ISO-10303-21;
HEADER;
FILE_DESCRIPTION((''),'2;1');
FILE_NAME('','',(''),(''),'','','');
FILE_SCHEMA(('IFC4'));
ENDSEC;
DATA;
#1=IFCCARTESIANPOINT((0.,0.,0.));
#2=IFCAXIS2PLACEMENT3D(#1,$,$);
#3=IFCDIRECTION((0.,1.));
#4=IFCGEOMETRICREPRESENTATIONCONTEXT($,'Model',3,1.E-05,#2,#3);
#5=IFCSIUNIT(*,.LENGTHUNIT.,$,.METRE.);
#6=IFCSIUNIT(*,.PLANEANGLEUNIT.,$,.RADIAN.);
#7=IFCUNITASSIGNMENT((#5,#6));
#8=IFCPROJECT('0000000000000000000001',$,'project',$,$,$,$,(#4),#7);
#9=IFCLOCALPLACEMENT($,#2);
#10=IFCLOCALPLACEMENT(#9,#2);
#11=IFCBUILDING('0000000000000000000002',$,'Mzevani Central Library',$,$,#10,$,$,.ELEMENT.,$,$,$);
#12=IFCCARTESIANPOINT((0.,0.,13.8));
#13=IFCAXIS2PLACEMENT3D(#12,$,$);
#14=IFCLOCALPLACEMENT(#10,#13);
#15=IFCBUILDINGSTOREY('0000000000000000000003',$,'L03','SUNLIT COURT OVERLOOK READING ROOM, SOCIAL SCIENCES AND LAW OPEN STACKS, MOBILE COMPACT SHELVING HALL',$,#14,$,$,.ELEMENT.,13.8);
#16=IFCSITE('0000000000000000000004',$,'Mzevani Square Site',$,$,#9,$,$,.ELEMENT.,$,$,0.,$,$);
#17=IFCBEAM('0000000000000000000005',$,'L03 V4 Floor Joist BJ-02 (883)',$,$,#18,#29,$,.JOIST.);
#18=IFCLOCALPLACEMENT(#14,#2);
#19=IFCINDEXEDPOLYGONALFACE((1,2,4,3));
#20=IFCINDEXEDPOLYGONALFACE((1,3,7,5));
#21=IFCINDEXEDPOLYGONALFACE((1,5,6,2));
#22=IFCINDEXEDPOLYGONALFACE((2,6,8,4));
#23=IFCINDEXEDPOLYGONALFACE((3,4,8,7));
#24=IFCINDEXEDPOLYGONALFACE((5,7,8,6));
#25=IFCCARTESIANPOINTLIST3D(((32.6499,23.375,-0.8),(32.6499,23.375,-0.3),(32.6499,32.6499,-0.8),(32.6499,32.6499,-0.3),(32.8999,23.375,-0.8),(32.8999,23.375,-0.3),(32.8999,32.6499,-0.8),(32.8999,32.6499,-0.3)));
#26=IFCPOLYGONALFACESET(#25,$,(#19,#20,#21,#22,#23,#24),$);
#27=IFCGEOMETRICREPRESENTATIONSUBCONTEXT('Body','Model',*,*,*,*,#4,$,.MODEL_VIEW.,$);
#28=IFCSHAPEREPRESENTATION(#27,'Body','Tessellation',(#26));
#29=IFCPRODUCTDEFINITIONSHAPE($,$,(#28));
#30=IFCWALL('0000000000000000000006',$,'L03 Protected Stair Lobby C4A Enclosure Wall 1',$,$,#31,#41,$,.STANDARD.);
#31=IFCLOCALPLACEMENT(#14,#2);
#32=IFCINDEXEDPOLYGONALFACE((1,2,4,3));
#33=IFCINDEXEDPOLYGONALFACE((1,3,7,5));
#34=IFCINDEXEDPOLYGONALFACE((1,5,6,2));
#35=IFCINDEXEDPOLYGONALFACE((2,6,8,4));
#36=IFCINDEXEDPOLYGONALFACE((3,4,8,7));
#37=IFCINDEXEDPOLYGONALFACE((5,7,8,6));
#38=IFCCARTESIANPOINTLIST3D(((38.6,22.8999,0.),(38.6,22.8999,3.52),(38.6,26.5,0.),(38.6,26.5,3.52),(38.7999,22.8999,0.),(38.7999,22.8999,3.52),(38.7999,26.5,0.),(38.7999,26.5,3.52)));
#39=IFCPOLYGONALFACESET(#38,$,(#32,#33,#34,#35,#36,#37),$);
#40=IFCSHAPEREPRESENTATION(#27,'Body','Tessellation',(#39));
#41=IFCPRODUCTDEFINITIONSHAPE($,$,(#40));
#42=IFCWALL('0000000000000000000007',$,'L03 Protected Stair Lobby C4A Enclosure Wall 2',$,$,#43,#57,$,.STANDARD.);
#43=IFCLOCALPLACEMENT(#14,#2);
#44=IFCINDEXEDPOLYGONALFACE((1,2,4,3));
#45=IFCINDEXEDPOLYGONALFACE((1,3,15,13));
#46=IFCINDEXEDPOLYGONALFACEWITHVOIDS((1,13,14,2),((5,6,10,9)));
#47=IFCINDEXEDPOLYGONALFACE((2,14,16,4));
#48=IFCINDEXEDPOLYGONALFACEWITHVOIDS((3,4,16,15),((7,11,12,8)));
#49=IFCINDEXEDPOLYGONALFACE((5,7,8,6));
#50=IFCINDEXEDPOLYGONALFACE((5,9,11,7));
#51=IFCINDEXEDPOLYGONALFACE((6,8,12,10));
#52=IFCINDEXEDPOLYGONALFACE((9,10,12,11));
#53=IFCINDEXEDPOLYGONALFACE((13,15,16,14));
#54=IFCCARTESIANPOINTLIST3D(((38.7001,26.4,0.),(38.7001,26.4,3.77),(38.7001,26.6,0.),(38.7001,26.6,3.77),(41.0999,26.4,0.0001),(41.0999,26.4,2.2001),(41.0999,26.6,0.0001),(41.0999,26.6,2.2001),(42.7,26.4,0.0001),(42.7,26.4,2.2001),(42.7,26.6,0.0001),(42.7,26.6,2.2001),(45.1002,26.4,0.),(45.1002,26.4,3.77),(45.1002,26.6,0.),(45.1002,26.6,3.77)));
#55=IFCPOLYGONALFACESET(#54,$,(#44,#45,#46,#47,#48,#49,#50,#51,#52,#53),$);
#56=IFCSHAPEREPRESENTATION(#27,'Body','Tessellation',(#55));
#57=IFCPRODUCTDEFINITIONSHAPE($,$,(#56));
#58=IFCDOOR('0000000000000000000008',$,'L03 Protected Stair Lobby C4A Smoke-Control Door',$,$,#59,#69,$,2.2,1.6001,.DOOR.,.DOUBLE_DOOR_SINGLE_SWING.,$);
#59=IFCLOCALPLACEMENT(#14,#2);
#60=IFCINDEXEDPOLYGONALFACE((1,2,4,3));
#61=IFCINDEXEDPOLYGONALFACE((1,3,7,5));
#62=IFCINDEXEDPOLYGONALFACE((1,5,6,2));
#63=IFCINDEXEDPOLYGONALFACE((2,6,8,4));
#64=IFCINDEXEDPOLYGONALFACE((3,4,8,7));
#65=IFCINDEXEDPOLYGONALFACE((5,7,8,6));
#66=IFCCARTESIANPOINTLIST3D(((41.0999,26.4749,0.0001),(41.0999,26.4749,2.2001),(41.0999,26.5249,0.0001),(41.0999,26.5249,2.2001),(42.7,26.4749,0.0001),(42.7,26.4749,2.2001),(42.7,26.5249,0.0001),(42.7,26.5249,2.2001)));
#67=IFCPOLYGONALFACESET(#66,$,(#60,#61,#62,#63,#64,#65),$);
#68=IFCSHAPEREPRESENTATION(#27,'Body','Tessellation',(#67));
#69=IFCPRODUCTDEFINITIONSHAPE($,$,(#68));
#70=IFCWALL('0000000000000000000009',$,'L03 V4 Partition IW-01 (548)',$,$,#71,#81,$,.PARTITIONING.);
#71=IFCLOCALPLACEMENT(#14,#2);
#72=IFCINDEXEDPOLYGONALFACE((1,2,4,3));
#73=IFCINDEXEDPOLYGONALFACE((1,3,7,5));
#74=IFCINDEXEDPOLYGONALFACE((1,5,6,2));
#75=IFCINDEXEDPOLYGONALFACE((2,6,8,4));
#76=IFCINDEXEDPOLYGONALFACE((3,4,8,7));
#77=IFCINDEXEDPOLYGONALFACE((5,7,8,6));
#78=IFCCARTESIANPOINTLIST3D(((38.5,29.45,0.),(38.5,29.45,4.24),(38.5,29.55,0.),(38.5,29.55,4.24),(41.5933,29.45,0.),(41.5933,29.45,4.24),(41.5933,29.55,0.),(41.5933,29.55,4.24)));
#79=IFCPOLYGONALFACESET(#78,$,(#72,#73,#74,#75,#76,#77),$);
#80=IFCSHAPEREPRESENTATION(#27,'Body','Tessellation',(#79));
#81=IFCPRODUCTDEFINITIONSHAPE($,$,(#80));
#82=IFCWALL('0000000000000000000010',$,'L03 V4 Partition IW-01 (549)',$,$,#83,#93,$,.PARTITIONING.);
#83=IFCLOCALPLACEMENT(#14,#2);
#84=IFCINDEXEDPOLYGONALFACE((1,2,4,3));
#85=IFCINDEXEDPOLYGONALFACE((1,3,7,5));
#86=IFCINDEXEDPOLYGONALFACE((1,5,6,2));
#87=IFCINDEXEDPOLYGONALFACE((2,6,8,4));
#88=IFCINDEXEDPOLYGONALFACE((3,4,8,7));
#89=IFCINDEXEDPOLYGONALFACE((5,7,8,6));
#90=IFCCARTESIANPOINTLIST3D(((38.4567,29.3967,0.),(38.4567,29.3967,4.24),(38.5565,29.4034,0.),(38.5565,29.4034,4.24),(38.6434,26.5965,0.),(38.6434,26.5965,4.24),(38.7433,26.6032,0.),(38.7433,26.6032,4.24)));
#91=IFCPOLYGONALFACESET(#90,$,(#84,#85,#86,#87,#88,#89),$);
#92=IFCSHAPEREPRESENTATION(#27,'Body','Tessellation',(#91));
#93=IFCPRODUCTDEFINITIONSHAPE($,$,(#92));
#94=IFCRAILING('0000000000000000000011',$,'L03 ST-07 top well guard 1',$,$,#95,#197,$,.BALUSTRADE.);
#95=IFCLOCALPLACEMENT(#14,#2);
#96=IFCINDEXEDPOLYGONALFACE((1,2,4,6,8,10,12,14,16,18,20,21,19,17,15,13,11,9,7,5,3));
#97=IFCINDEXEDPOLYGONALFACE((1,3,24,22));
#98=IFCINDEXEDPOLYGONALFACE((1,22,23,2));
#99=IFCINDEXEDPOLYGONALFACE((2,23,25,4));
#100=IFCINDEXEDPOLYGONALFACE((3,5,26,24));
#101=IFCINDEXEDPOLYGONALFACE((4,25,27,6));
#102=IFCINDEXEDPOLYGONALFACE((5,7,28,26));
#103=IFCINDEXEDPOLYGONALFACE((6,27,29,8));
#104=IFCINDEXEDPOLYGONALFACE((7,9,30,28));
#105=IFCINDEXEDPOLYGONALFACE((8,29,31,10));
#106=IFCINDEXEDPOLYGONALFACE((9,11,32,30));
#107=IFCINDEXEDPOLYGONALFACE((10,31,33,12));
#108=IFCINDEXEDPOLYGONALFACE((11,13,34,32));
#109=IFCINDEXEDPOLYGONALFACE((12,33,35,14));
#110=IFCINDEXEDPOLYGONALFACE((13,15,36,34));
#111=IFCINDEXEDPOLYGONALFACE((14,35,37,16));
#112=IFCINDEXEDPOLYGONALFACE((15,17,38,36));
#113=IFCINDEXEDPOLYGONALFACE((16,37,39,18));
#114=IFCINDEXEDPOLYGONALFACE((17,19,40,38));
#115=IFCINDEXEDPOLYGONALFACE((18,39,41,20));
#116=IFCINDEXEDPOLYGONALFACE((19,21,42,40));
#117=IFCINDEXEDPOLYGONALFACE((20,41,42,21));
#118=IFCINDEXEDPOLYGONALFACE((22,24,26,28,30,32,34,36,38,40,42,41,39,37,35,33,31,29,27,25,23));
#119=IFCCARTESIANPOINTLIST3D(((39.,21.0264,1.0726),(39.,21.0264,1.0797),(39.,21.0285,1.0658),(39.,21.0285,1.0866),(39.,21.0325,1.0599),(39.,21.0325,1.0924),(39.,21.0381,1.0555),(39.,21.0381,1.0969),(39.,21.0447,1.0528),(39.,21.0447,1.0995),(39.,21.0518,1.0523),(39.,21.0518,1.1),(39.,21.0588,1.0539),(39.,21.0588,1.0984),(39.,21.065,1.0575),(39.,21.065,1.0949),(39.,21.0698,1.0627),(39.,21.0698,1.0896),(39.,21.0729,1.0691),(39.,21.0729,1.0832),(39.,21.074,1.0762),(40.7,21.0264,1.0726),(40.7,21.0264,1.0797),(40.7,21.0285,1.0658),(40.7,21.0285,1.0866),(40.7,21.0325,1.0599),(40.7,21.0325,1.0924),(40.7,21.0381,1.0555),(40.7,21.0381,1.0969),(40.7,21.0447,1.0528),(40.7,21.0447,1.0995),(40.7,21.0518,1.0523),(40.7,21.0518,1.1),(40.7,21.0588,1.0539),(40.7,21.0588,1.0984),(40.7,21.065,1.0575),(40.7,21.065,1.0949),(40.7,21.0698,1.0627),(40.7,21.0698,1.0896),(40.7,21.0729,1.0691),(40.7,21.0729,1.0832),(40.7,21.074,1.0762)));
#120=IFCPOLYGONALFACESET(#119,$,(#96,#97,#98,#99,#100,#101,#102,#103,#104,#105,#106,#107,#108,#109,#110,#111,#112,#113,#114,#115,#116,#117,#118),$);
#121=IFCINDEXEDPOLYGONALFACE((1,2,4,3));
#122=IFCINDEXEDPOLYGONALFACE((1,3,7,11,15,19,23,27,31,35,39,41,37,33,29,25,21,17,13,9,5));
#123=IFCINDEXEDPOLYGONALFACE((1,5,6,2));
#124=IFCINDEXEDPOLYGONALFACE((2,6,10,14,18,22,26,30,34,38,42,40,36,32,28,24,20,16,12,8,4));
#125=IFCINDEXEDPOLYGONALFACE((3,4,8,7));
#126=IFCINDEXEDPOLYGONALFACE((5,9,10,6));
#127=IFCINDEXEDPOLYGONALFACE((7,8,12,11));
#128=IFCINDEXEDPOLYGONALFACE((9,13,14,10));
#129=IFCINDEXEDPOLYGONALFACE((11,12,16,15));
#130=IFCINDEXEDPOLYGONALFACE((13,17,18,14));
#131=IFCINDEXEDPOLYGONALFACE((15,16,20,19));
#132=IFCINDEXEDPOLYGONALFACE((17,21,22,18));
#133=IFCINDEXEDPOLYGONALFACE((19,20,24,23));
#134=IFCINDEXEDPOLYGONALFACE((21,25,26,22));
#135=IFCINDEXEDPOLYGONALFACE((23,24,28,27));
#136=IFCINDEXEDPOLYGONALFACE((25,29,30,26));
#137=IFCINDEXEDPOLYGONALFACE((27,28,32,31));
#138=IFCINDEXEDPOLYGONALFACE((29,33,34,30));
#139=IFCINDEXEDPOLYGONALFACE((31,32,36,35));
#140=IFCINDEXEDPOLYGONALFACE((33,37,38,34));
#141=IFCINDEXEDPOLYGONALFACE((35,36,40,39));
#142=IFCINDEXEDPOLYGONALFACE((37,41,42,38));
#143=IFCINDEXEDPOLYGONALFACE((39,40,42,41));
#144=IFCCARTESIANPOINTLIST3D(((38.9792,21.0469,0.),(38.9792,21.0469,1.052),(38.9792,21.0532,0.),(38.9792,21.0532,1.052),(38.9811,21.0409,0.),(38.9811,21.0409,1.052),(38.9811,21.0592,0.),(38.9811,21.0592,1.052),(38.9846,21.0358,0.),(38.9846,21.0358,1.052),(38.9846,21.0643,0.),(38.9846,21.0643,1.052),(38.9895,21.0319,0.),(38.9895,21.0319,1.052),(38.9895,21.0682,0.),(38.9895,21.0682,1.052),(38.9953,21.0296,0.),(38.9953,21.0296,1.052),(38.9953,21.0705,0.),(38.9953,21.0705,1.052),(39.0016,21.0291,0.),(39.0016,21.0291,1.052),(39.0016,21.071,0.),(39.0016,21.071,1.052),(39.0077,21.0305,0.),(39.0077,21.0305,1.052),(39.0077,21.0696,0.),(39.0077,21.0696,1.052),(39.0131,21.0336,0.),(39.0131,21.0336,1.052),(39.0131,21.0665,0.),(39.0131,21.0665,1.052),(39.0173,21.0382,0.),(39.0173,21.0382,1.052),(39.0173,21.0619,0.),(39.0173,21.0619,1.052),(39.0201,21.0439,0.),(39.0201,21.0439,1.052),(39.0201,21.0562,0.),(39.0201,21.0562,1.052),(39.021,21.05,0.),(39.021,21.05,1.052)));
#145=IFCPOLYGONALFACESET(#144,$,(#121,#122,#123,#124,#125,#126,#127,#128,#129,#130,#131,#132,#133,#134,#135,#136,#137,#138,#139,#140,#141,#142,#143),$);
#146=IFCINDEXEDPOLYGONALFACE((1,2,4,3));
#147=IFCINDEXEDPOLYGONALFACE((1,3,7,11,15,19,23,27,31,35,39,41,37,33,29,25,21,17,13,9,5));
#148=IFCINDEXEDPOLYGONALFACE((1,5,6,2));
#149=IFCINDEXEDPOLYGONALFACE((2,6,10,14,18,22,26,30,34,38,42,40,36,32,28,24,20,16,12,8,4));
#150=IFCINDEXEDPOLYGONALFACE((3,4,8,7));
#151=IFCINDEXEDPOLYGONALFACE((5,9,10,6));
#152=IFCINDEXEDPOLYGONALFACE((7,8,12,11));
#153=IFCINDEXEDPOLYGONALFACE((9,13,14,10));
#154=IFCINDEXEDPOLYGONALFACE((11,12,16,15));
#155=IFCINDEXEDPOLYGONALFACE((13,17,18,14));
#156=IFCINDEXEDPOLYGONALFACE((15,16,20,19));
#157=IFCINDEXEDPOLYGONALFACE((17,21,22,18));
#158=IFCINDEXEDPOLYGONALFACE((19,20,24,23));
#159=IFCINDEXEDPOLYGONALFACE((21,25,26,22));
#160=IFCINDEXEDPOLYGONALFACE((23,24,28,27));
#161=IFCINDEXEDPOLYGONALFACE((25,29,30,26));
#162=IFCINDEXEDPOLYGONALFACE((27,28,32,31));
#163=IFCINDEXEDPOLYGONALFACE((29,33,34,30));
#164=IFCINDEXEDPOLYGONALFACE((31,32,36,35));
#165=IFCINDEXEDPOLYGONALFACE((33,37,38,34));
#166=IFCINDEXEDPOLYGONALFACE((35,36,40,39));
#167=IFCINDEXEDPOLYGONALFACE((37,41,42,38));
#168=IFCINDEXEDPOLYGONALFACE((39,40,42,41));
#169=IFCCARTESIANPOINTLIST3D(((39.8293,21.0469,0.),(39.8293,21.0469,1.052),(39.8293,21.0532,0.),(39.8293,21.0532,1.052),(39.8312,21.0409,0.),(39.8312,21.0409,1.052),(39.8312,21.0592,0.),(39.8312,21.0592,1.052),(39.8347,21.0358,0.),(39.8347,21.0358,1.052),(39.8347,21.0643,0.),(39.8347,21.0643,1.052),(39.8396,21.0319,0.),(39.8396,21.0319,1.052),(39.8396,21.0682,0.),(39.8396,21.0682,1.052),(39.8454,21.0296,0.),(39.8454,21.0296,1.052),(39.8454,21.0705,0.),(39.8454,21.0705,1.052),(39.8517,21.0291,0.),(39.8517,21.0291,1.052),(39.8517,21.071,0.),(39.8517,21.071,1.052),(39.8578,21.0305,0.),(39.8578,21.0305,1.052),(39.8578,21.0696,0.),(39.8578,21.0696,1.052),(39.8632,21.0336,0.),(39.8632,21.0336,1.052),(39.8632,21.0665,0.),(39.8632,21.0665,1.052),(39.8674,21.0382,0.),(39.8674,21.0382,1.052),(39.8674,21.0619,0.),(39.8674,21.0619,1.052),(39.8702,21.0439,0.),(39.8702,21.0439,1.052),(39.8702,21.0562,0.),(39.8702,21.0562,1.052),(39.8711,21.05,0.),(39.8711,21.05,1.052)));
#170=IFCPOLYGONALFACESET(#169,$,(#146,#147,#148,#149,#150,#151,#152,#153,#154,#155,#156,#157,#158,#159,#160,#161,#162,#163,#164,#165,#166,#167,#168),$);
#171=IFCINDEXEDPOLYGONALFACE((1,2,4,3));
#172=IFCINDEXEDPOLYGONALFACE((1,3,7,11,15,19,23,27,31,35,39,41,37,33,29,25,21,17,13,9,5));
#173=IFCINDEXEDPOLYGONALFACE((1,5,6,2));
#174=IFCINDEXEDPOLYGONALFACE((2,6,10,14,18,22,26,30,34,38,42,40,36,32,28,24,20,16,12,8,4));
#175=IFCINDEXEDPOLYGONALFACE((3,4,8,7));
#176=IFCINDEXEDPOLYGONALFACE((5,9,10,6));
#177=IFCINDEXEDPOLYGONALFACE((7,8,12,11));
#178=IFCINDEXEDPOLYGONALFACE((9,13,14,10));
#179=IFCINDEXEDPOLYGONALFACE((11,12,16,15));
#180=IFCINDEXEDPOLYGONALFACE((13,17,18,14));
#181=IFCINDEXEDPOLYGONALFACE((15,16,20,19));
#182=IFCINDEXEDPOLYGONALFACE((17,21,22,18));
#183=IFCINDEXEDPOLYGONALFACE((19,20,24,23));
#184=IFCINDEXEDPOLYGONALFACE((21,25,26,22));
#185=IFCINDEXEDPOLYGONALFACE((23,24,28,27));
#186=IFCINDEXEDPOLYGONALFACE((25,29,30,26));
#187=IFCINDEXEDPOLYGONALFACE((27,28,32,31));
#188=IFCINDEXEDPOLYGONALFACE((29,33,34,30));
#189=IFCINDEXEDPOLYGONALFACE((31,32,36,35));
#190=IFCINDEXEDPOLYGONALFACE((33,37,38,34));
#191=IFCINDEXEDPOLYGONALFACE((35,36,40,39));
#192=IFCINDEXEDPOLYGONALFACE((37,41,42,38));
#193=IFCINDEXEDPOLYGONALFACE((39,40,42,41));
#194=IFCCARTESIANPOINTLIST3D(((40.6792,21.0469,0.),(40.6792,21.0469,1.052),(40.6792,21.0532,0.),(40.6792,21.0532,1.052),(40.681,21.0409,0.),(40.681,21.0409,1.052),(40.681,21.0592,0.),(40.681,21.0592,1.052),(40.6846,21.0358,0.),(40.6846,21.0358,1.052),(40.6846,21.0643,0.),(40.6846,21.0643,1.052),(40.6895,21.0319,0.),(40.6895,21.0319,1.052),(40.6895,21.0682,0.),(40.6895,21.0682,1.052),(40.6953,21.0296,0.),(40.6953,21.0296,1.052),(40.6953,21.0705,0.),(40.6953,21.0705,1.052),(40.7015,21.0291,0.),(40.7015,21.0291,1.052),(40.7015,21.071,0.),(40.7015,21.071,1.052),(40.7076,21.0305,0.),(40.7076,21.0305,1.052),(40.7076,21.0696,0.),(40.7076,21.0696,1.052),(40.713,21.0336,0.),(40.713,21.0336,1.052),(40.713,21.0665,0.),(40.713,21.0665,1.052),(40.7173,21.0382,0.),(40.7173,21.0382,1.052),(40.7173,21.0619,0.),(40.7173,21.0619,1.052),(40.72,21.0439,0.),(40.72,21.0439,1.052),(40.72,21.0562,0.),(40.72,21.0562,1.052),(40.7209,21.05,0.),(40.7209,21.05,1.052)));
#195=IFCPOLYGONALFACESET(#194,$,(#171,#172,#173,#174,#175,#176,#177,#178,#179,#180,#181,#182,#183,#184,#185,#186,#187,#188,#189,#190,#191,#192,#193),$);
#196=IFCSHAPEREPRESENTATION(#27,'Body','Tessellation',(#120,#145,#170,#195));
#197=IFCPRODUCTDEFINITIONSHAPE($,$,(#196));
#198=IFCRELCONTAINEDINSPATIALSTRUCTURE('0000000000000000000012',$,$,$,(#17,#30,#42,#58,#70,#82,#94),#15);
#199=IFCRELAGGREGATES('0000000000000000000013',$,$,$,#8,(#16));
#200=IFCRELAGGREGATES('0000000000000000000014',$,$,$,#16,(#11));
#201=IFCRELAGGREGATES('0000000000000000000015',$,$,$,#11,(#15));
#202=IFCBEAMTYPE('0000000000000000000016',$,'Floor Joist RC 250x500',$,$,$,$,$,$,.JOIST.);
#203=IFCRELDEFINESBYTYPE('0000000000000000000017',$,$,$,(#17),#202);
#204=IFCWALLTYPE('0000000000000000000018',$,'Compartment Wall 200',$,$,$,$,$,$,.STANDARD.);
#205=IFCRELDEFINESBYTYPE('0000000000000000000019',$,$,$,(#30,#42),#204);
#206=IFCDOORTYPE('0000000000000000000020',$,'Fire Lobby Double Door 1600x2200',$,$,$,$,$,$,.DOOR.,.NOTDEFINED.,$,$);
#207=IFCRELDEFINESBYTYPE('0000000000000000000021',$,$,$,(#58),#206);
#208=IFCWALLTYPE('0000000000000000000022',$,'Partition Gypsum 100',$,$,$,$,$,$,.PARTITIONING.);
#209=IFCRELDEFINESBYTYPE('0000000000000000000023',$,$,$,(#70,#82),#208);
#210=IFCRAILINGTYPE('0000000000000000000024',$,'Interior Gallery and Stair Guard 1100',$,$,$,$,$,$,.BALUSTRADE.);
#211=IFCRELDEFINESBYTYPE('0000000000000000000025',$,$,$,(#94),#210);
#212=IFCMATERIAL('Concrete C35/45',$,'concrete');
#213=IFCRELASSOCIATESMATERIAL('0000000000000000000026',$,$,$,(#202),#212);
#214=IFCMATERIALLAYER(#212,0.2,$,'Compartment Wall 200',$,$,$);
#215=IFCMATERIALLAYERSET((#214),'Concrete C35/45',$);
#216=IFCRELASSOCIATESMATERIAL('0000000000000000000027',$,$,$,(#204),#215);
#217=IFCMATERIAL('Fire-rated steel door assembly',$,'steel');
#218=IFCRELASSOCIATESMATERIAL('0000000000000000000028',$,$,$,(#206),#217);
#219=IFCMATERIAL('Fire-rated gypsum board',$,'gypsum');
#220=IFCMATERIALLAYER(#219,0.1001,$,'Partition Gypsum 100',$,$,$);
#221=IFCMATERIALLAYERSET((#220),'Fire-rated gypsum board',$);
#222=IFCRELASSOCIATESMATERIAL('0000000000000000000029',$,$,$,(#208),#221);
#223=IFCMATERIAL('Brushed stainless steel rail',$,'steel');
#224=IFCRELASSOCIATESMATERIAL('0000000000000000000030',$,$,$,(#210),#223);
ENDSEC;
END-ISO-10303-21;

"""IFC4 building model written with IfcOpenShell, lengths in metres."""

from ifc_helpers import new_model, si_unit, direction, frame, frame_2d, origin, origin_2d, place, context, subcontext, project, spatial, rectangle, circle, extrude, material, layer, layer_set, material_profile, profile_set, type_object, element, fill, save


model = new_model("IFC4")

# Units and contexts
model_context = context("Model", 3, precision=1e-05, world=origin(), true_north=direction((0.0, 1.0)))
body_context = subcontext(model_context, "Body", "Model", "MODEL_VIEW")
ifc_project = project(units=[si_unit("LENGTHUNIT", "METRE"), si_unit("PLANEANGLEUNIT", "RADIAN")], contexts=[model_context])

# Site, building, storey
site_placement = place(None, origin())
site = spatial("IfcSite", under=ifc_project, at=site_placement, Name="Mzevani Square Site", CompositionType="ELEMENT", RefElevation=0.0)
building_placement = place(site_placement, origin())
building = spatial("IfcBuilding", under=site, at=building_placement, Name="Mzevani Central Library", CompositionType="ELEMENT")
storey_placement = place(building_placement, frame((0.0, 0.0, 13.8)))
storey = spatial("IfcBuildingStorey", under=building, at=storey_placement, Name="L03", Description="SUNLIT COURT OVERLOOK READING ROOM, SOCIAL SCIENCES AND LAW OPEN STACKS, MOBILE COMPACT SHELVING HALL", CompositionType="ELEMENT", Elevation=13.8)

# Beam
ifc_material_1 = material(Name="Concrete C35/45", Category="concrete")
ifc_material_profile_1 = material_profile(ifc_material_1, rectangle(XDim=0.25, YDim=0.5, at=origin_2d()), Name="RC J250x500")
ifc_profile_set_1 = profile_set([ifc_material_profile_1], Name="Concrete C35/45")
beam_type_1 = type_object("IfcBeamType", Name="Floor Joist RC 250x500", PredefinedType="JOIST", material=ifc_profile_set_1)
beam_1_placement = place(storey_placement, frame((32.7749, 23.375, -0.55), z_axis=(0.0, 1.0, 0.0), x_axis=(-1.0, 0.0, 0.0)))
element("IfcBeam", 1, at=beam_1_placement, inside=storey, type_object=beam_type_1, Name="L03 V4 Floor Joist BJ-02 (883)", PredefinedType="JOIST", context=body_context, shape_type="SweptSolid", body=[
    extrude(rectangle(XDim=0.25, YDim=0.5, at=origin_2d()), origin(), (0.0, 0.0, 1.0), 9.2749),
])

# Wall
ifc_layer_1 = layer(ifc_material_1, 0.2, Name="Compartment Wall 200")
ifc_layer_set_1 = layer_set([ifc_layer_1], Name="Concrete C35/45")
wall_type_1 = type_object("IfcWallType", Name="Compartment Wall 200", PredefinedType="STANDARD", material=ifc_layer_set_1)
wall_1_placement = place(storey_placement, frame((38.7, 22.8999, 0.0), z_axis=(0.0, 0.0, 1.0), x_axis=(0.0, 1.0, 0.0)))
element("IfcWall", 2, at=wall_1_placement, inside=storey, type_object=wall_type_1, Name="L03 Protected Stair Lobby C4A Enclosure Wall 1", PredefinedType="STANDARD", context=body_context, shape_type="SweptSolid", body=[
    extrude(rectangle(XDim=3.6001, YDim=0.2, at=frame_2d((1.8, 0.0))), origin(), (0.0, 0.0, 1.0), 3.52),
])

# Wall, opening, door
wall_2_placement = place(storey_placement, frame((38.7, 26.5, 0.0), z_axis=(0.0, 0.0, 1.0), x_axis=(1.0, 0.0, 0.0)))
wall_2 = element("IfcWall", 3, at=wall_2_placement, inside=storey, type_object=wall_type_1, Name="L03 Protected Stair Lobby C4A Enclosure Wall 2", PredefinedType="STANDARD", context=body_context, shape_type="SweptSolid", body=[
    extrude(rectangle(XDim=6.4001, YDim=0.2, at=frame_2d((3.2002, 0.0))), origin(), (0.0, 0.0, 1.0), 3.77),
])
opening_1_placement = place(wall_2_placement, frame((2.3999, 0.0, 0.0)))
opening_1 = element("IfcOpeningElement", 4, at=opening_1_placement, cuts=wall_2, PredefinedType="OPENING", context=body_context, shape_type="SweptSolid", body=[
    extrude(rectangle(XDim=1.6001, YDim=2.2, at=frame_2d((0.8, 1.1001))), frame((0.0, 0.1099, 0.0), z_axis=(0.0, -1.0, 0.0), x_axis=(1.0, 0.0, 0.0)), (0.0, 0.0, 1.0), 0.22),
])
ifc_material_2 = material(Name="Fire-rated steel door assembly", Category="steel")
door_type_1 = type_object("IfcDoorType", Name="Fire Lobby Double Door 1600x2200", OperationType="NOTDEFINED", PredefinedType="DOOR", material=ifc_material_2)
door_1_placement = place(opening_1_placement, origin())
door_1 = element("IfcDoor", 5, at=door_1_placement, inside=storey, type_object=door_type_1, Name="L03 Protected Stair Lobby C4A Smoke-Control Door", OperationType="DOUBLE_DOOR_SINGLE_SWING", OverallHeight=2.2, OverallWidth=1.6001, PredefinedType="DOOR", context=body_context, shape_type="SweptSolid", body=[
    extrude(rectangle(XDim=1.6001, YDim=2.2, at=frame_2d((0.8, 1.1001))), frame((0.0, 0.0249, 0.0), z_axis=(0.0, -1.0, 0.0), x_axis=(1.0, 0.0, 0.0)), (0.0, 0.0, 1.0), 0.05),
])
fill(opening_1, door_1)

# Walls
ifc_material_3 = material(Name="Fire-rated gypsum board", Category="gypsum")
ifc_layer_2 = layer(ifc_material_3, 0.1001, Name="Partition Gypsum 100")
ifc_layer_set_2 = layer_set([ifc_layer_2], Name="Fire-rated gypsum board")
wall_type_2 = type_object("IfcWallType", Name="Partition Gypsum 100", PredefinedType="PARTITIONING", material=ifc_layer_set_2)
wall_3_placement = place(storey_placement, frame((41.5933, 29.5, 0.0), z_axis=(0.0, 0.0, 1.0), x_axis=(-1.0, 0.0, 0.0)))
element("IfcWall", 6, at=wall_3_placement, inside=storey, type_object=wall_type_2, Name="L03 V4 Partition IW-01 (548)", PredefinedType="PARTITIONING", context=body_context, shape_type="SweptSolid", body=[
    extrude(rectangle(XDim=3.0933, YDim=0.1001, at=frame_2d((1.5466, 0.0))), origin(), (0.0, 0.0, 1.0), 4.24),
])
wall_4_placement = place(storey_placement, frame((38.5066, 29.4001, 0.0), z_axis=(0.0, 0.0, 1.0), x_axis=(0.066548, -0.997783, 0.0)))
element("IfcWall", 7, at=wall_4_placement, inside=storey, type_object=wall_type_2, Name="L03 V4 Partition IW-01 (549)", PredefinedType="PARTITIONING", context=body_context, shape_type="SweptSolid", body=[
    extrude(rectangle(XDim=2.8064, YDim=0.1001, at=frame_2d((1.4033, 0.0))), origin(), (0.0, 0.0, 1.0), 4.24),
])

# Railing
ifc_material_4 = material(Name="Brushed stainless steel rail", Category="steel")
railing_type_1 = type_object("IfcRailingType", Name="Interior Gallery and Stair Guard 1100", PredefinedType="BALUSTRADE", material=ifc_material_4)
railing_1_placement = place(storey_placement, frame((39.0, 21.05, 0.0)))
element("IfcRailing", 8, at=railing_1_placement, inside=storey, type_object=railing_type_1, Name="L03 ST-07 top well guard 1", PredefinedType="BALUSTRADE", context=body_context, shape_type="SweptSolid", body=[
    extrude(circle(Radius=0.0239, at=origin_2d()), frame((0.0, 0.0, 1.0762), z_axis=(1.0, 0.0, 0.0), x_axis=(0.0, 1.0, 0.0)), (0.0, 0.0, 1.0), 1.7),
    extrude(circle(Radius=0.021, at=origin_2d()), origin(), (0.0, 0.0, 1.0), 1.052),
    extrude(circle(Radius=0.021, at=origin_2d()), frame((0.8501, 0.0, 0.0)), (0.0, 0.0, 1.0), 1.052),
    extrude(circle(Radius=0.021, at=origin_2d()), frame((1.7, 0.0, 0.0)), (0.0, 0.0, 1.0), 1.052),
])

save(model, "model.ifc")
